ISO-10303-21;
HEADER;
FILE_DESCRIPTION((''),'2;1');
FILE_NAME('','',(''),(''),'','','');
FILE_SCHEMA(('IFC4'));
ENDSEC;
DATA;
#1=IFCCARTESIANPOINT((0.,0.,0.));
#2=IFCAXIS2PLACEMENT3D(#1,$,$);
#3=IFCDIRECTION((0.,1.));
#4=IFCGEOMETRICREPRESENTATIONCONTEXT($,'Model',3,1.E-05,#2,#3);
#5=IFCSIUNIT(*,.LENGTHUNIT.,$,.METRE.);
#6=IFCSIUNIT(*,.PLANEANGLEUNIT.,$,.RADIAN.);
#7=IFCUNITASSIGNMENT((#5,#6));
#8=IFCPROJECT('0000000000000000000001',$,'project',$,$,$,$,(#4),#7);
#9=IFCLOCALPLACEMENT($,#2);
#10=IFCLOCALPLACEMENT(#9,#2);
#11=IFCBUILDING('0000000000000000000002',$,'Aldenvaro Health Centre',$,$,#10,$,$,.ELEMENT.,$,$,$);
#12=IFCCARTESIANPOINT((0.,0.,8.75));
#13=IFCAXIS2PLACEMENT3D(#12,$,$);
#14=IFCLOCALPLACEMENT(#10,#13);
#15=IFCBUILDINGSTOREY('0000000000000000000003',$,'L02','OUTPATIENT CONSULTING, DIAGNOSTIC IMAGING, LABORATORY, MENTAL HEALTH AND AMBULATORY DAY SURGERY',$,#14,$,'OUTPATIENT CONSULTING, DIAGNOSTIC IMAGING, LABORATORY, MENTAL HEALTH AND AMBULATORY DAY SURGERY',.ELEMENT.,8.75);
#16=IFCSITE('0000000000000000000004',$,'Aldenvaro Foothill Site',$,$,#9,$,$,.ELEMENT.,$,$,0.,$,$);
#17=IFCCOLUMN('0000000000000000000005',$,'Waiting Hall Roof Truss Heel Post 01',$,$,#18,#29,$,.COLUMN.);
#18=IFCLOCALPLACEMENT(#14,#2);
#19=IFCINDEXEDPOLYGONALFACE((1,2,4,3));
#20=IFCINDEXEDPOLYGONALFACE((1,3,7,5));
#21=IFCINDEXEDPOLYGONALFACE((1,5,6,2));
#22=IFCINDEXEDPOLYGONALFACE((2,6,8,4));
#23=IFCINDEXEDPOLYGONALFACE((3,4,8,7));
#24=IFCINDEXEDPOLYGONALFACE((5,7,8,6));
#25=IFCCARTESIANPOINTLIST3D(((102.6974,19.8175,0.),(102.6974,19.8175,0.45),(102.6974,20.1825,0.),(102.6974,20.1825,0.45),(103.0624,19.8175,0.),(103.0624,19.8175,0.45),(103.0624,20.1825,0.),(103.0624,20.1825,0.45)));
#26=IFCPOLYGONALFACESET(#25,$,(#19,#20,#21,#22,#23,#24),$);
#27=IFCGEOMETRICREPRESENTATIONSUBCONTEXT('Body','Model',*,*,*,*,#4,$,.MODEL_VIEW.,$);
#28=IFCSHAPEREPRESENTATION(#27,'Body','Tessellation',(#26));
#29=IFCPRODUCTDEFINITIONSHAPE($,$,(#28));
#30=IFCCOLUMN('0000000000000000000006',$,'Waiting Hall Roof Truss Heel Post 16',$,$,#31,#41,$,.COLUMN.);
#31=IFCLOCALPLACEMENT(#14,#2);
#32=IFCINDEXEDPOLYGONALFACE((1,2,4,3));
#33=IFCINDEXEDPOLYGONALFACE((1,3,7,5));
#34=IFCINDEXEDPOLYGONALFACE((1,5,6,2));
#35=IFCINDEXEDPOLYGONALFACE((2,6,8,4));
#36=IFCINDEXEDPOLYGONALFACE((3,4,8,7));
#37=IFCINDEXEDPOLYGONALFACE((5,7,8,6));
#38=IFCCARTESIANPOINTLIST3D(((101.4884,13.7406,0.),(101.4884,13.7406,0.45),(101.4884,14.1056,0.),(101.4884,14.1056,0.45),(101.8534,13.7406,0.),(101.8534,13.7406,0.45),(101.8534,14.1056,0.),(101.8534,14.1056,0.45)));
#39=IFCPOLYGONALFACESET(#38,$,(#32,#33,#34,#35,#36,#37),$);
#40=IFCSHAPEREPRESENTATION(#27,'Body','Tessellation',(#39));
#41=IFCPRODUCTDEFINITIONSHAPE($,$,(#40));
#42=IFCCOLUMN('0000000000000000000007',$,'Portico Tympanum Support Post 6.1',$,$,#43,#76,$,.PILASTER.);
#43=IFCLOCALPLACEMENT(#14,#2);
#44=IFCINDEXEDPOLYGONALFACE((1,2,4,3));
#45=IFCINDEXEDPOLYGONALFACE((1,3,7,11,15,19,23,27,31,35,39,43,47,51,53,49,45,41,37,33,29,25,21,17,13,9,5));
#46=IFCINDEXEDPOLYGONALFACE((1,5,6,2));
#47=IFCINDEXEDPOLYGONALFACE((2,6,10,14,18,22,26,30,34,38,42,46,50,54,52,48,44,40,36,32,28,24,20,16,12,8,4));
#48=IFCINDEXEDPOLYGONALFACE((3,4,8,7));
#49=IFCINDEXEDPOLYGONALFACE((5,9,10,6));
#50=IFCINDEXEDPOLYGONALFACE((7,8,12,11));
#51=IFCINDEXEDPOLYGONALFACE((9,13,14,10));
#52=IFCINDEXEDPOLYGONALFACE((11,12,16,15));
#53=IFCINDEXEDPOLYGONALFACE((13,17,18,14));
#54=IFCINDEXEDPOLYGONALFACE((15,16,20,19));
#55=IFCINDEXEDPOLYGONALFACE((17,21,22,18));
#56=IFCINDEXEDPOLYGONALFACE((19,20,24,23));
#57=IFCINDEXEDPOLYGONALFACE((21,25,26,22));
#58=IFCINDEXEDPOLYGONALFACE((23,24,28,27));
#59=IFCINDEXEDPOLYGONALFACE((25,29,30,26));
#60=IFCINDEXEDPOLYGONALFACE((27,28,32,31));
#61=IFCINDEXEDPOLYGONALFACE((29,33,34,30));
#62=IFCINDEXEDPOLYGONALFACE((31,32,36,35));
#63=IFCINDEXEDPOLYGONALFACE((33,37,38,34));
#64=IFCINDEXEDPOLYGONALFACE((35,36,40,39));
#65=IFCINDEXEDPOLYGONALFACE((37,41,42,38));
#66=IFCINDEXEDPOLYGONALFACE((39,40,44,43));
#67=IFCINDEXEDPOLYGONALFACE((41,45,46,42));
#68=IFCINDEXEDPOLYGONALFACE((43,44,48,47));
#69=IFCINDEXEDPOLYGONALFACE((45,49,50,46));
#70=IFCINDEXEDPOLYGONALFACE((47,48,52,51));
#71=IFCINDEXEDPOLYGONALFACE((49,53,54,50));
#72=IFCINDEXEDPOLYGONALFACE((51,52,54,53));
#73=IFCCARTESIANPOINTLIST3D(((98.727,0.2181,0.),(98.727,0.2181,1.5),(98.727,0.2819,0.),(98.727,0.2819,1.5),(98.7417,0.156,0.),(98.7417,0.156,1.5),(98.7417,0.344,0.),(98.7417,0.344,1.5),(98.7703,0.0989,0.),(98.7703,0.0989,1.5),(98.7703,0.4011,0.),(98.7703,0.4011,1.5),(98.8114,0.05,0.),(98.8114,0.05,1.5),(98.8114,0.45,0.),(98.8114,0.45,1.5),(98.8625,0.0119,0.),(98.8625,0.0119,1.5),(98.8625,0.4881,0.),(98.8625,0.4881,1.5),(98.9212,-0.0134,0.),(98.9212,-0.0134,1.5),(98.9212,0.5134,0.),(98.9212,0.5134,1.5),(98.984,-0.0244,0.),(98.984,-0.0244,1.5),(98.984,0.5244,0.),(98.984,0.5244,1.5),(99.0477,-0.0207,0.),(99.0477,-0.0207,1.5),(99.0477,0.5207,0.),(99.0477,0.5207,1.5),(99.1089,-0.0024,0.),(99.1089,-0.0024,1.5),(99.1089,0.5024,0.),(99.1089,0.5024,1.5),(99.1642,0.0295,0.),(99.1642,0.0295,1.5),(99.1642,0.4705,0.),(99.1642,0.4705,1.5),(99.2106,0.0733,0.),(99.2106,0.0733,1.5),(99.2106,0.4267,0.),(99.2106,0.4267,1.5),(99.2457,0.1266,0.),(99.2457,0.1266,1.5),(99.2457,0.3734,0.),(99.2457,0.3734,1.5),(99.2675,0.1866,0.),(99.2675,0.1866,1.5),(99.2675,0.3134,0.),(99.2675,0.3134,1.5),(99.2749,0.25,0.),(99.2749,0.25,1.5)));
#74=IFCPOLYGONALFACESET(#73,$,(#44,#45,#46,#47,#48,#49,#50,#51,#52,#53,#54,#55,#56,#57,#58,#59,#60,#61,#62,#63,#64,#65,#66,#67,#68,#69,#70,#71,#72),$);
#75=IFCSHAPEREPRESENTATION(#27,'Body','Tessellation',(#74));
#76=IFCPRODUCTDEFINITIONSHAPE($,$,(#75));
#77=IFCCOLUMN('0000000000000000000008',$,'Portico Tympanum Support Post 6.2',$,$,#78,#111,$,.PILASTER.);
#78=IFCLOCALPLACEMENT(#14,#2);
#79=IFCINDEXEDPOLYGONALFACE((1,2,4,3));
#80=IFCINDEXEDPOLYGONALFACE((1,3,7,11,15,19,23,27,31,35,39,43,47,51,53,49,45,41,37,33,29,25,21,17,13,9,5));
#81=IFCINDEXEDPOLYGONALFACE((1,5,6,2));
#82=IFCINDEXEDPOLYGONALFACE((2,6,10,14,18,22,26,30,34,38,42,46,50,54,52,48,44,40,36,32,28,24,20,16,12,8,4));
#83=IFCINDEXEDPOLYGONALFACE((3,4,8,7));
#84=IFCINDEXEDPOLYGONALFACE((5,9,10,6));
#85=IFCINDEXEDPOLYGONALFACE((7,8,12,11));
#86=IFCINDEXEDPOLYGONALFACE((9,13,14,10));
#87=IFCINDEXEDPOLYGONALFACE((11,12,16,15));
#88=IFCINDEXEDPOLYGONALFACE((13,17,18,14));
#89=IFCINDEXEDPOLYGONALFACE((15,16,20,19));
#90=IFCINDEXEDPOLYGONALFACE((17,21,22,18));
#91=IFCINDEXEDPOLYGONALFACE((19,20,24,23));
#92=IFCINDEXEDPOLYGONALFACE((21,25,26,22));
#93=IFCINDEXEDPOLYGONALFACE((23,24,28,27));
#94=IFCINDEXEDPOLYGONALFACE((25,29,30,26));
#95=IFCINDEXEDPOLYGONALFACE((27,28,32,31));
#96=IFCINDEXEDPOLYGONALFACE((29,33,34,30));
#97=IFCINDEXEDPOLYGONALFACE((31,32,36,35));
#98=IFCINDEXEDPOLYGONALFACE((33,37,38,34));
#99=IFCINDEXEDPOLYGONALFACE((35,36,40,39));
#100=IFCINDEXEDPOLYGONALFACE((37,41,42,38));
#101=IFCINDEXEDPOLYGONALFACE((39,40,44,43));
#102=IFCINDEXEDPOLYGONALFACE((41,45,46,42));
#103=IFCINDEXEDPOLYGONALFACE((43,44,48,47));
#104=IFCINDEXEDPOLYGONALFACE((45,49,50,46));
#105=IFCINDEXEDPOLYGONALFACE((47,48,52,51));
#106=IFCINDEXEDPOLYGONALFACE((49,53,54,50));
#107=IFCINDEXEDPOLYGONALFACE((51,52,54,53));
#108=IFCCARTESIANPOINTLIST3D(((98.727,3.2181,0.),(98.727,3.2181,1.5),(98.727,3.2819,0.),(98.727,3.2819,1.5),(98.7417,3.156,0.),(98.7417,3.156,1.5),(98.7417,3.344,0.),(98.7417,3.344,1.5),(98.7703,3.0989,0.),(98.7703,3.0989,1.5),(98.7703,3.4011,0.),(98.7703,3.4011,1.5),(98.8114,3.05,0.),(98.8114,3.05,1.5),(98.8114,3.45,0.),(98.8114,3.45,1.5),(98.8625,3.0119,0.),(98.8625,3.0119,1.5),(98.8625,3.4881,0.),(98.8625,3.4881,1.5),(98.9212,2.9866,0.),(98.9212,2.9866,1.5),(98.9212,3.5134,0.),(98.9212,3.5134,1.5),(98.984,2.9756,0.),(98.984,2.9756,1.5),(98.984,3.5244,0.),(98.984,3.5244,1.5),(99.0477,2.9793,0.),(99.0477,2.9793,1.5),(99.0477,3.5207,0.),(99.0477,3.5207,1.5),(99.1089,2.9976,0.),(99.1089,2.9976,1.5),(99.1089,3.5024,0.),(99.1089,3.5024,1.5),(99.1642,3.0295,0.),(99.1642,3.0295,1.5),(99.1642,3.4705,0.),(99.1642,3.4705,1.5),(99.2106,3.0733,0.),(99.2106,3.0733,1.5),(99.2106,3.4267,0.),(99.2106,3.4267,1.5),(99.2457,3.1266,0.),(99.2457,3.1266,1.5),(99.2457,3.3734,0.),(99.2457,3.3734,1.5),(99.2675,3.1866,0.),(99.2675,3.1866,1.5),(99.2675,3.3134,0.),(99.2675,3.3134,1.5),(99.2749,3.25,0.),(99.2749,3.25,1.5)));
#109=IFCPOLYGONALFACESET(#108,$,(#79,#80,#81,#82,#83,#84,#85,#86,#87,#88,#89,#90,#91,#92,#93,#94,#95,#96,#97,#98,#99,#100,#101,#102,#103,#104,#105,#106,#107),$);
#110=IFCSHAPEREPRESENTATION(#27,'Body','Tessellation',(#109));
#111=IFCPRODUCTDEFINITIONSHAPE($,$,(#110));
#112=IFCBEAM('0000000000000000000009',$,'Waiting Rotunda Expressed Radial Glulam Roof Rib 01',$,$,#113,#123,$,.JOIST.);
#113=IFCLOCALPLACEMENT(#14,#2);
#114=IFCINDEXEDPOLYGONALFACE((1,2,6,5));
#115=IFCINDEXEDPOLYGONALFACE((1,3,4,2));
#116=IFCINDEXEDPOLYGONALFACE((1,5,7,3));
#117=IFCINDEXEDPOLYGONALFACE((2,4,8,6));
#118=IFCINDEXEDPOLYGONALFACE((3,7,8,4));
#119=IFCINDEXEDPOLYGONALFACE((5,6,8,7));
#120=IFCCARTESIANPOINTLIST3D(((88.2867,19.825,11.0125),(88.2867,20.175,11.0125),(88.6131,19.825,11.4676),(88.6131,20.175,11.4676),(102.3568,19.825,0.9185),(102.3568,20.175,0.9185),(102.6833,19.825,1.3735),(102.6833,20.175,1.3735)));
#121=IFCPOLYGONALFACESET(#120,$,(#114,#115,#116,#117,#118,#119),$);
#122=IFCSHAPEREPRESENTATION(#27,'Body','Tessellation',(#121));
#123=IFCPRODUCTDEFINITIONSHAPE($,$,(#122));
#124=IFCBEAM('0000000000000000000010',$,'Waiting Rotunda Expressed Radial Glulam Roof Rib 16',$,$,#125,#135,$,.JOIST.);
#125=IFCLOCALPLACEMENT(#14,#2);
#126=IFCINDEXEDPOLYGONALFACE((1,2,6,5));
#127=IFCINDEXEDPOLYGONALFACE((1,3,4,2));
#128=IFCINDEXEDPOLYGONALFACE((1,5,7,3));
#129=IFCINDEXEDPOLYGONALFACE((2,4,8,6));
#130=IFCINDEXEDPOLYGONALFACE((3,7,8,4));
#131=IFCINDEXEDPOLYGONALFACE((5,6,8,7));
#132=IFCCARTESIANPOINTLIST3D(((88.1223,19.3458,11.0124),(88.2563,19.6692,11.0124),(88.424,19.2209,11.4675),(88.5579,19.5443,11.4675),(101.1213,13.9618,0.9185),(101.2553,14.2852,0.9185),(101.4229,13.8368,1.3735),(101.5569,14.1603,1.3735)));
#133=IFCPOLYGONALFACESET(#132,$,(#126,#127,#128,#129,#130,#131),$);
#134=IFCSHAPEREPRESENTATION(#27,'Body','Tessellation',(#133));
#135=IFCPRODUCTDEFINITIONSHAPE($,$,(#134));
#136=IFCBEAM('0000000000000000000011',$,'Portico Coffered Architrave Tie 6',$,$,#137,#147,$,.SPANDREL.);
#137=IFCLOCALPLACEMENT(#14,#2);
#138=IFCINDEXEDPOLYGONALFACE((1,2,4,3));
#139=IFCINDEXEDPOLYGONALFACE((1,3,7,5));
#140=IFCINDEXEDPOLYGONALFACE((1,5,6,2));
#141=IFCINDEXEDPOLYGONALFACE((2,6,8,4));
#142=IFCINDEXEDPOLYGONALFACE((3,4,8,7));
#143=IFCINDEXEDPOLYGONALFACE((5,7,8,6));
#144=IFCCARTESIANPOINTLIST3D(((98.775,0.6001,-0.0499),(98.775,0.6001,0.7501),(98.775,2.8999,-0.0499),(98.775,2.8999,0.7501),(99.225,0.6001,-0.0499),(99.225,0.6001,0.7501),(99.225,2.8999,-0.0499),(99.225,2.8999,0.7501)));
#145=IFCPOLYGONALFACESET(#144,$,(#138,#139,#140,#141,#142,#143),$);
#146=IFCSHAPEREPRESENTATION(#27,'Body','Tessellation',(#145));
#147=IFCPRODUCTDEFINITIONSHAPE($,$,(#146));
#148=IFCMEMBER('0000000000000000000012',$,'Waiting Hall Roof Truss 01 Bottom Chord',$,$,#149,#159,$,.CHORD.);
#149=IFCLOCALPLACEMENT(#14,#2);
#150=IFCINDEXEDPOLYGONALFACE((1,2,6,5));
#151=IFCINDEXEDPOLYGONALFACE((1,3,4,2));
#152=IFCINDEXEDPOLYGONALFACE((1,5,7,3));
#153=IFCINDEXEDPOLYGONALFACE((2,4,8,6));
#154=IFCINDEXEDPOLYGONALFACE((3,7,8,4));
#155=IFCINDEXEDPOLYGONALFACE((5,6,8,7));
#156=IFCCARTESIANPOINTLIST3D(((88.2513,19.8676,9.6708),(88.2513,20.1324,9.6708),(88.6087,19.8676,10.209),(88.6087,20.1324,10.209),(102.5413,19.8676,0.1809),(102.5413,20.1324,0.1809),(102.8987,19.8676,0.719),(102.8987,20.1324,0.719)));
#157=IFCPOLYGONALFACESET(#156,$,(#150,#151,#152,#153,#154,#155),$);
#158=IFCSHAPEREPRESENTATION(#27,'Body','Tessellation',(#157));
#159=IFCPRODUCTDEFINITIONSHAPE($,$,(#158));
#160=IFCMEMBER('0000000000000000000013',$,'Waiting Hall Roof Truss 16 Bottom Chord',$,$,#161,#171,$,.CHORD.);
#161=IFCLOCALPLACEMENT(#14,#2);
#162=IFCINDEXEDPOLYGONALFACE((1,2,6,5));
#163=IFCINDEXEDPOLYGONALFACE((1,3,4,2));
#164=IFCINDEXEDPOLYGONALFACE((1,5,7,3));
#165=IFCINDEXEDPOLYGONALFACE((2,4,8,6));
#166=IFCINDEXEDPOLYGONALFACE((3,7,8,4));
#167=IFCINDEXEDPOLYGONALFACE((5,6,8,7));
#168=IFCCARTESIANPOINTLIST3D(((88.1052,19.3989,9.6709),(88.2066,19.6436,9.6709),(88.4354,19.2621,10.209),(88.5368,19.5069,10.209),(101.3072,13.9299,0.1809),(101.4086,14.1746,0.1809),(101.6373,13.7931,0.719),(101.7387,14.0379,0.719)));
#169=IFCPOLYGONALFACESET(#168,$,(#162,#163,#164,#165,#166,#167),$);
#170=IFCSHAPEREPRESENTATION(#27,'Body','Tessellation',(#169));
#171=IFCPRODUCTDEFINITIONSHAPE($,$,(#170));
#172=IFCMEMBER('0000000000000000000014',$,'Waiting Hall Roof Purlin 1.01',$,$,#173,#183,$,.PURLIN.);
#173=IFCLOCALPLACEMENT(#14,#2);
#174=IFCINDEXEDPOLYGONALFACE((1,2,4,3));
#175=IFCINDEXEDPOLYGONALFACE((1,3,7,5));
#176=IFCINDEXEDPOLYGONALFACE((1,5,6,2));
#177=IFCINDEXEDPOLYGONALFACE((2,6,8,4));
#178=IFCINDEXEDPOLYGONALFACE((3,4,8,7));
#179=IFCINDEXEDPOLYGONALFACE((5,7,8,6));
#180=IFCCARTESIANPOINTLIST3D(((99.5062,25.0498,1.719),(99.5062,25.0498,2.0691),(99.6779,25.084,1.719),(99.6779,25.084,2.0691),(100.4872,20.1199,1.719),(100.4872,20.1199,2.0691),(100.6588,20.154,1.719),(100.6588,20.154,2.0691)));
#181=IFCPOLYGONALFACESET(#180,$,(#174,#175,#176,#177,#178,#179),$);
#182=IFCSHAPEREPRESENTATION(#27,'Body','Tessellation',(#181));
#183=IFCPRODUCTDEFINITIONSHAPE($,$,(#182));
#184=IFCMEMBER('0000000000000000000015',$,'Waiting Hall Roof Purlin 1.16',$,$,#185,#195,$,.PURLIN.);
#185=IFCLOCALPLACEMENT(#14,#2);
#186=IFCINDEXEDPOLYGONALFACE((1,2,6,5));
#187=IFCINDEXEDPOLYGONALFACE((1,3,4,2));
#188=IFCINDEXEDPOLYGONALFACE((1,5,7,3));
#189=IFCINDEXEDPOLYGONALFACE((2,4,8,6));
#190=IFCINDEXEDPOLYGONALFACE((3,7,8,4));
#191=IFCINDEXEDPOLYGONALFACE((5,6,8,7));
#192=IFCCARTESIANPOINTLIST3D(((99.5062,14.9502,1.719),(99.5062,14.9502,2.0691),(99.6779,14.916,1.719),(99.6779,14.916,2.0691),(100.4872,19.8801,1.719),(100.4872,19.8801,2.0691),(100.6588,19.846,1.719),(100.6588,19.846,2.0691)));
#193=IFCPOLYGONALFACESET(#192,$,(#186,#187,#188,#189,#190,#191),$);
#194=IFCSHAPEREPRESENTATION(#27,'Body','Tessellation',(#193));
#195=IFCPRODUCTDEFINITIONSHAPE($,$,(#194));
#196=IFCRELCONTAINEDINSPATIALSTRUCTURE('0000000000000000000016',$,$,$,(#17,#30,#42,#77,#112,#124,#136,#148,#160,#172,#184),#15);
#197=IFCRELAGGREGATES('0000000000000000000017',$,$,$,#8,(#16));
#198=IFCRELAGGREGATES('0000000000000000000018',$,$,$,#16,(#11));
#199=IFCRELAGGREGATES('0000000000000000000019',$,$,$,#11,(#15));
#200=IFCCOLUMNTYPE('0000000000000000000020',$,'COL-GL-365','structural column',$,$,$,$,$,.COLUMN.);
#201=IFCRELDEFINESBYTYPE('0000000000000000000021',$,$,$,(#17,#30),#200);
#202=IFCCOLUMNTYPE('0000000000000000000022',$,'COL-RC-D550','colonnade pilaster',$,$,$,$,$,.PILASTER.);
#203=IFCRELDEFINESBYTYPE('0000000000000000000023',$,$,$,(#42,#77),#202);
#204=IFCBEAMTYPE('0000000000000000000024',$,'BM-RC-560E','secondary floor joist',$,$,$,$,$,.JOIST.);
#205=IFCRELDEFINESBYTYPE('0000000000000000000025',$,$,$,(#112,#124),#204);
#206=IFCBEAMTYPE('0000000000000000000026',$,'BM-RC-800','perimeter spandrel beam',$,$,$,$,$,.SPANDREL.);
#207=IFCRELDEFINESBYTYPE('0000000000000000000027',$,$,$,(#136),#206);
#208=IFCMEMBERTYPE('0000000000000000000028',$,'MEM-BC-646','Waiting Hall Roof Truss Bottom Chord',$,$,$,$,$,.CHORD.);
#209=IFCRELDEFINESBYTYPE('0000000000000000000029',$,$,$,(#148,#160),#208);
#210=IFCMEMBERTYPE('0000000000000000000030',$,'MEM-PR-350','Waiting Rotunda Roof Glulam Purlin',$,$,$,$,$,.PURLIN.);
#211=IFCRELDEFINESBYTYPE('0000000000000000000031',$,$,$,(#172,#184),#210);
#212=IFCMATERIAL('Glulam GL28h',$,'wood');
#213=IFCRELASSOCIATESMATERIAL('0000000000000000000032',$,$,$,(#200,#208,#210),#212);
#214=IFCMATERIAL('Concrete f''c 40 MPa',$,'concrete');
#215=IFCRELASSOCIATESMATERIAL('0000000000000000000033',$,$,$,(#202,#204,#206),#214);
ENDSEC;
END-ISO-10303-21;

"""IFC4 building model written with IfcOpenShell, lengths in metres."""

from ifc_helpers import new_model, si_unit, direction, frame, origin, origin_2d, place, context, subcontext, project, spatial, rectangle, circle, extrude, material, material_profile, profile_set, type_object, element, save


model = new_model("IFC4")

# Units and contexts
model_context = context("Model", 3, precision=1e-05, world=origin(), true_north=direction((0.0, 1.0)))
body_context = subcontext(model_context, "Body", "Model", "MODEL_VIEW")
ifc_project = project(units=[si_unit("LENGTHUNIT", "METRE"), si_unit("PLANEANGLEUNIT", "RADIAN")], contexts=[model_context])

# Site, building, storey
site_placement = place(None, origin())
site = spatial("IfcSite", under=ifc_project, at=site_placement, Name="Aldenvaro Foothill Site", CompositionType="ELEMENT", RefElevation=0.0)
building_placement = place(site_placement, origin())
building = spatial("IfcBuilding", under=site, at=building_placement, Name="Aldenvaro Health Centre", CompositionType="ELEMENT")
storey_placement = place(building_placement, frame((0.0, 0.0, 8.75)))
storey = spatial("IfcBuildingStorey", under=building, at=storey_placement, Name="L02", Description="OUTPATIENT CONSULTING, DIAGNOSTIC IMAGING, LABORATORY, MENTAL HEALTH AND AMBULATORY DAY SURGERY", LongName="OUTPATIENT CONSULTING, DIAGNOSTIC IMAGING, LABORATORY, MENTAL HEALTH AND AMBULATORY DAY SURGERY", CompositionType="ELEMENT", Elevation=8.75)

# Columns
ifc_material_1 = material(Name="Glulam GL28h", Category="wood")
ifc_material_profile_1 = material_profile(ifc_material_1, rectangle(XDim=0.365, YDim=0.365, at=origin_2d()), Name="GL 365x365", Category="wood")
ifc_profile_set_1 = profile_set([ifc_material_profile_1], Name="Glulam GL28h")
column_type_1 = type_object("IfcColumnType", Name="COL-GL-365", Description="structural column", PredefinedType="COLUMN", material=ifc_profile_set_1)
for number, where, z_axis, x_axis, name in (
    (1, (102.8799, 20.0, 0.0), (0.0, 0.0, 1.0), (1.0, 0.0, 0.0), "Waiting Hall Roof Truss Heel Post 01"),
    (2, (101.6709, 13.9231, 0.0), (0.0, 0.0, 1.0), (1.0, 0.0, 0.0), "Waiting Hall Roof Truss Heel Post 16"),
):
    element("IfcColumn", number, at=place(storey_placement, frame(where, z_axis=z_axis, x_axis=x_axis)), inside=storey, type_object=column_type_1, Name=name, PredefinedType="COLUMN", context=body_context, shape_type="SweptSolid", body=[
        extrude(rectangle(XDim=0.365, YDim=0.365, at=origin_2d()), origin(), (0.0, 0.0, 1.0), 0.45),
    ])
ifc_material_2 = material(Name="Concrete f'c 40 MPa", Category="concrete")
ifc_material_profile_2 = material_profile(ifc_material_2, circle(Radius=0.2749, at=origin_2d()), Name="RC D550", Category="concrete")
ifc_profile_set_2 = profile_set([ifc_material_profile_2], Name="Concrete f'c 40 MPa")
column_type_2 = type_object("IfcColumnType", Name="COL-RC-D550", Description="colonnade pilaster", PredefinedType="PILASTER", material=ifc_profile_set_2)
for number, where, z_axis, x_axis, name in (
    (3, (99.0, 0.25, 0.0), (0.0, 0.0, 1.0), (1.0, 0.0, 0.0), "Portico Tympanum Support Post 6.1"),
    (4, (99.0, 3.25, 0.0), (0.0, 0.0, 1.0), (1.0, 0.0, 0.0), "Portico Tympanum Support Post 6.2"),
):
    element("IfcColumn", number, at=place(storey_placement, frame(where, z_axis=z_axis, x_axis=x_axis)), inside=storey, type_object=column_type_2, Name=name, PredefinedType="PILASTER", context=body_context, shape_type="SweptSolid", body=[
        extrude(circle(Radius=0.2749, at=origin_2d()), origin(), (0.0, 0.0, 1.0), 1.5),
    ])

# Beams
ifc_material_profile_3 = material_profile(ifc_material_2, rectangle(XDim=0.3501, YDim=0.5601, at=origin_2d()), Name="RC 350x560", Category="concrete")
ifc_profile_set_3 = profile_set([ifc_material_profile_3], Name="Concrete f'c 40 MPa")
beam_type_1 = type_object("IfcBeamType", Name="BM-RC-560E", Description="secondary floor joist", PredefinedType="JOIST", material=ifc_profile_set_3)
beam_1_placement = place(storey_placement, frame((102.52, 20.0, 1.146), z_axis=(-0.812531, 0.0, 0.582917), x_axis=(0.0, -1.0, 0.0)))
element("IfcBeam", 5, at=beam_1_placement, inside=storey, type_object=beam_type_1, Name="Waiting Rotunda Expressed Radial Glulam Roof Rib 01", PredefinedType="JOIST", context=body_context, shape_type="SweptSolid", body=[
    extrude(rectangle(XDim=0.3501, YDim=0.5601, at=origin_2d()), origin(), (0.0, 0.0, 1.0), 17.3164),
])
beam_2_placement = place(storey_placement, frame((101.3391, 14.061, 1.146), z_axis=(-0.750685, 0.310924, 0.582922), x_axis=(-0.382663, -0.923888, 0.0)))
element("IfcBeam", 6, at=beam_2_placement, inside=storey, type_object=beam_type_1, Name="Waiting Rotunda Expressed Radial Glulam Roof Rib 16", PredefinedType="JOIST", context=body_context, shape_type="SweptSolid", body=[
    extrude(rectangle(XDim=0.3501, YDim=0.5601, at=origin_2d()), origin(), (0.0, 0.0, 1.0), 17.3162),
])
ifc_material_profile_4 = material_profile(ifc_material_2, rectangle(XDim=0.45, YDim=0.8, at=origin_2d()), Name="RC 450x800", Category="concrete")
ifc_profile_set_4 = profile_set([ifc_material_profile_4], Name="Concrete f'c 40 MPa")
beam_type_2 = type_object("IfcBeamType", Name="BM-RC-800", Description="perimeter spandrel beam", PredefinedType="SPANDREL", material=ifc_profile_set_4)
beam_3_placement = place(storey_placement, frame((99.0, 0.6001, 0.3501), z_axis=(0.0, 1.0, 0.0), x_axis=(-1.0, 0.0, 0.0)))
element("IfcBeam", 7, at=beam_3_placement, inside=storey, type_object=beam_type_2, Name="Portico Coffered Architrave Tie 6", PredefinedType="SPANDREL", context=body_context, shape_type="SweptSolid", body=[
    extrude(rectangle(XDim=0.45, YDim=0.8, at=origin_2d()), origin(), (0.0, 0.0, 1.0), 2.2998),
])

# Members
ifc_material_profile_5 = material_profile(ifc_material_1, rectangle(XDim=0.2649, YDim=0.646, at=origin_2d()), Name="GL 265x646", Category="wood")
ifc_profile_set_5 = profile_set([ifc_material_profile_5], Name="Glulam GL28h")
member_type_1 = type_object("IfcMemberType", Name="MEM-BC-646", Description="Waiting Hall Roof Truss Bottom Chord", PredefinedType="CHORD", material=ifc_profile_set_5)
for number, where, z_axis, x_axis, name in (
    (8, (102.72, 20.0, 0.45), (-0.833036, 0.0, 0.553218), (0.0, -1.0, 0.0), "Waiting Hall Roof Truss 01 Bottom Chord"),
    (9, (101.5229, 13.9839, 0.45), (-0.76961, 0.318817, 0.553223), (-0.382718, -0.923865, 0.0), "Waiting Hall Roof Truss 16 Bottom Chord"),
):
    element("IfcMember", number, at=place(storey_placement, frame(where, z_axis=z_axis, x_axis=x_axis)), inside=storey, type_object=member_type_1, Name=name, PredefinedType="CHORD", context=body_context, shape_type="SweptSolid", body=[
        extrude(rectangle(XDim=0.2649, YDim=0.646, at=origin_2d()), origin(), (0.0, 0.0, 1.0), 17.1541),
    ])
ifc_material_profile_6 = material_profile(ifc_material_1, rectangle(XDim=0.175, YDim=0.3501, at=origin_2d()), Name="GL 175x350", Category="wood")
ifc_profile_set_6 = profile_set([ifc_material_profile_6], Name="Glulam GL28h")
member_type_2 = type_object("IfcMemberType", Name="MEM-PR-350", Description="Waiting Rotunda Roof Glulam Purlin", PredefinedType="PURLIN", material=ifc_profile_set_6)
for number, where, z_axis, x_axis, name in (
    (10, (100.573, 20.137, 1.894), (-0.195154, 0.980773, 0.0), (-0.980773, -0.195154, 0.0), "Waiting Hall Roof Purlin 1.01"),
    (11, (99.592, 14.9331, 1.894), (0.195154, 0.980773, 0.0), (-0.980773, 0.195154, 0.0), "Waiting Hall Roof Purlin 1.16"),
):
    element("IfcMember", number, at=place(storey_placement, frame(where, z_axis=z_axis, x_axis=x_axis)), inside=storey, type_object=member_type_2, Name=name, PredefinedType="PURLIN", context=body_context, shape_type="SweptSolid", body=[
        extrude(rectangle(XDim=0.175, YDim=0.3501, at=origin_2d()), origin(), (0.0, 0.0, 1.0), 5.0266),
    ])

save(model, "model.ifc")
